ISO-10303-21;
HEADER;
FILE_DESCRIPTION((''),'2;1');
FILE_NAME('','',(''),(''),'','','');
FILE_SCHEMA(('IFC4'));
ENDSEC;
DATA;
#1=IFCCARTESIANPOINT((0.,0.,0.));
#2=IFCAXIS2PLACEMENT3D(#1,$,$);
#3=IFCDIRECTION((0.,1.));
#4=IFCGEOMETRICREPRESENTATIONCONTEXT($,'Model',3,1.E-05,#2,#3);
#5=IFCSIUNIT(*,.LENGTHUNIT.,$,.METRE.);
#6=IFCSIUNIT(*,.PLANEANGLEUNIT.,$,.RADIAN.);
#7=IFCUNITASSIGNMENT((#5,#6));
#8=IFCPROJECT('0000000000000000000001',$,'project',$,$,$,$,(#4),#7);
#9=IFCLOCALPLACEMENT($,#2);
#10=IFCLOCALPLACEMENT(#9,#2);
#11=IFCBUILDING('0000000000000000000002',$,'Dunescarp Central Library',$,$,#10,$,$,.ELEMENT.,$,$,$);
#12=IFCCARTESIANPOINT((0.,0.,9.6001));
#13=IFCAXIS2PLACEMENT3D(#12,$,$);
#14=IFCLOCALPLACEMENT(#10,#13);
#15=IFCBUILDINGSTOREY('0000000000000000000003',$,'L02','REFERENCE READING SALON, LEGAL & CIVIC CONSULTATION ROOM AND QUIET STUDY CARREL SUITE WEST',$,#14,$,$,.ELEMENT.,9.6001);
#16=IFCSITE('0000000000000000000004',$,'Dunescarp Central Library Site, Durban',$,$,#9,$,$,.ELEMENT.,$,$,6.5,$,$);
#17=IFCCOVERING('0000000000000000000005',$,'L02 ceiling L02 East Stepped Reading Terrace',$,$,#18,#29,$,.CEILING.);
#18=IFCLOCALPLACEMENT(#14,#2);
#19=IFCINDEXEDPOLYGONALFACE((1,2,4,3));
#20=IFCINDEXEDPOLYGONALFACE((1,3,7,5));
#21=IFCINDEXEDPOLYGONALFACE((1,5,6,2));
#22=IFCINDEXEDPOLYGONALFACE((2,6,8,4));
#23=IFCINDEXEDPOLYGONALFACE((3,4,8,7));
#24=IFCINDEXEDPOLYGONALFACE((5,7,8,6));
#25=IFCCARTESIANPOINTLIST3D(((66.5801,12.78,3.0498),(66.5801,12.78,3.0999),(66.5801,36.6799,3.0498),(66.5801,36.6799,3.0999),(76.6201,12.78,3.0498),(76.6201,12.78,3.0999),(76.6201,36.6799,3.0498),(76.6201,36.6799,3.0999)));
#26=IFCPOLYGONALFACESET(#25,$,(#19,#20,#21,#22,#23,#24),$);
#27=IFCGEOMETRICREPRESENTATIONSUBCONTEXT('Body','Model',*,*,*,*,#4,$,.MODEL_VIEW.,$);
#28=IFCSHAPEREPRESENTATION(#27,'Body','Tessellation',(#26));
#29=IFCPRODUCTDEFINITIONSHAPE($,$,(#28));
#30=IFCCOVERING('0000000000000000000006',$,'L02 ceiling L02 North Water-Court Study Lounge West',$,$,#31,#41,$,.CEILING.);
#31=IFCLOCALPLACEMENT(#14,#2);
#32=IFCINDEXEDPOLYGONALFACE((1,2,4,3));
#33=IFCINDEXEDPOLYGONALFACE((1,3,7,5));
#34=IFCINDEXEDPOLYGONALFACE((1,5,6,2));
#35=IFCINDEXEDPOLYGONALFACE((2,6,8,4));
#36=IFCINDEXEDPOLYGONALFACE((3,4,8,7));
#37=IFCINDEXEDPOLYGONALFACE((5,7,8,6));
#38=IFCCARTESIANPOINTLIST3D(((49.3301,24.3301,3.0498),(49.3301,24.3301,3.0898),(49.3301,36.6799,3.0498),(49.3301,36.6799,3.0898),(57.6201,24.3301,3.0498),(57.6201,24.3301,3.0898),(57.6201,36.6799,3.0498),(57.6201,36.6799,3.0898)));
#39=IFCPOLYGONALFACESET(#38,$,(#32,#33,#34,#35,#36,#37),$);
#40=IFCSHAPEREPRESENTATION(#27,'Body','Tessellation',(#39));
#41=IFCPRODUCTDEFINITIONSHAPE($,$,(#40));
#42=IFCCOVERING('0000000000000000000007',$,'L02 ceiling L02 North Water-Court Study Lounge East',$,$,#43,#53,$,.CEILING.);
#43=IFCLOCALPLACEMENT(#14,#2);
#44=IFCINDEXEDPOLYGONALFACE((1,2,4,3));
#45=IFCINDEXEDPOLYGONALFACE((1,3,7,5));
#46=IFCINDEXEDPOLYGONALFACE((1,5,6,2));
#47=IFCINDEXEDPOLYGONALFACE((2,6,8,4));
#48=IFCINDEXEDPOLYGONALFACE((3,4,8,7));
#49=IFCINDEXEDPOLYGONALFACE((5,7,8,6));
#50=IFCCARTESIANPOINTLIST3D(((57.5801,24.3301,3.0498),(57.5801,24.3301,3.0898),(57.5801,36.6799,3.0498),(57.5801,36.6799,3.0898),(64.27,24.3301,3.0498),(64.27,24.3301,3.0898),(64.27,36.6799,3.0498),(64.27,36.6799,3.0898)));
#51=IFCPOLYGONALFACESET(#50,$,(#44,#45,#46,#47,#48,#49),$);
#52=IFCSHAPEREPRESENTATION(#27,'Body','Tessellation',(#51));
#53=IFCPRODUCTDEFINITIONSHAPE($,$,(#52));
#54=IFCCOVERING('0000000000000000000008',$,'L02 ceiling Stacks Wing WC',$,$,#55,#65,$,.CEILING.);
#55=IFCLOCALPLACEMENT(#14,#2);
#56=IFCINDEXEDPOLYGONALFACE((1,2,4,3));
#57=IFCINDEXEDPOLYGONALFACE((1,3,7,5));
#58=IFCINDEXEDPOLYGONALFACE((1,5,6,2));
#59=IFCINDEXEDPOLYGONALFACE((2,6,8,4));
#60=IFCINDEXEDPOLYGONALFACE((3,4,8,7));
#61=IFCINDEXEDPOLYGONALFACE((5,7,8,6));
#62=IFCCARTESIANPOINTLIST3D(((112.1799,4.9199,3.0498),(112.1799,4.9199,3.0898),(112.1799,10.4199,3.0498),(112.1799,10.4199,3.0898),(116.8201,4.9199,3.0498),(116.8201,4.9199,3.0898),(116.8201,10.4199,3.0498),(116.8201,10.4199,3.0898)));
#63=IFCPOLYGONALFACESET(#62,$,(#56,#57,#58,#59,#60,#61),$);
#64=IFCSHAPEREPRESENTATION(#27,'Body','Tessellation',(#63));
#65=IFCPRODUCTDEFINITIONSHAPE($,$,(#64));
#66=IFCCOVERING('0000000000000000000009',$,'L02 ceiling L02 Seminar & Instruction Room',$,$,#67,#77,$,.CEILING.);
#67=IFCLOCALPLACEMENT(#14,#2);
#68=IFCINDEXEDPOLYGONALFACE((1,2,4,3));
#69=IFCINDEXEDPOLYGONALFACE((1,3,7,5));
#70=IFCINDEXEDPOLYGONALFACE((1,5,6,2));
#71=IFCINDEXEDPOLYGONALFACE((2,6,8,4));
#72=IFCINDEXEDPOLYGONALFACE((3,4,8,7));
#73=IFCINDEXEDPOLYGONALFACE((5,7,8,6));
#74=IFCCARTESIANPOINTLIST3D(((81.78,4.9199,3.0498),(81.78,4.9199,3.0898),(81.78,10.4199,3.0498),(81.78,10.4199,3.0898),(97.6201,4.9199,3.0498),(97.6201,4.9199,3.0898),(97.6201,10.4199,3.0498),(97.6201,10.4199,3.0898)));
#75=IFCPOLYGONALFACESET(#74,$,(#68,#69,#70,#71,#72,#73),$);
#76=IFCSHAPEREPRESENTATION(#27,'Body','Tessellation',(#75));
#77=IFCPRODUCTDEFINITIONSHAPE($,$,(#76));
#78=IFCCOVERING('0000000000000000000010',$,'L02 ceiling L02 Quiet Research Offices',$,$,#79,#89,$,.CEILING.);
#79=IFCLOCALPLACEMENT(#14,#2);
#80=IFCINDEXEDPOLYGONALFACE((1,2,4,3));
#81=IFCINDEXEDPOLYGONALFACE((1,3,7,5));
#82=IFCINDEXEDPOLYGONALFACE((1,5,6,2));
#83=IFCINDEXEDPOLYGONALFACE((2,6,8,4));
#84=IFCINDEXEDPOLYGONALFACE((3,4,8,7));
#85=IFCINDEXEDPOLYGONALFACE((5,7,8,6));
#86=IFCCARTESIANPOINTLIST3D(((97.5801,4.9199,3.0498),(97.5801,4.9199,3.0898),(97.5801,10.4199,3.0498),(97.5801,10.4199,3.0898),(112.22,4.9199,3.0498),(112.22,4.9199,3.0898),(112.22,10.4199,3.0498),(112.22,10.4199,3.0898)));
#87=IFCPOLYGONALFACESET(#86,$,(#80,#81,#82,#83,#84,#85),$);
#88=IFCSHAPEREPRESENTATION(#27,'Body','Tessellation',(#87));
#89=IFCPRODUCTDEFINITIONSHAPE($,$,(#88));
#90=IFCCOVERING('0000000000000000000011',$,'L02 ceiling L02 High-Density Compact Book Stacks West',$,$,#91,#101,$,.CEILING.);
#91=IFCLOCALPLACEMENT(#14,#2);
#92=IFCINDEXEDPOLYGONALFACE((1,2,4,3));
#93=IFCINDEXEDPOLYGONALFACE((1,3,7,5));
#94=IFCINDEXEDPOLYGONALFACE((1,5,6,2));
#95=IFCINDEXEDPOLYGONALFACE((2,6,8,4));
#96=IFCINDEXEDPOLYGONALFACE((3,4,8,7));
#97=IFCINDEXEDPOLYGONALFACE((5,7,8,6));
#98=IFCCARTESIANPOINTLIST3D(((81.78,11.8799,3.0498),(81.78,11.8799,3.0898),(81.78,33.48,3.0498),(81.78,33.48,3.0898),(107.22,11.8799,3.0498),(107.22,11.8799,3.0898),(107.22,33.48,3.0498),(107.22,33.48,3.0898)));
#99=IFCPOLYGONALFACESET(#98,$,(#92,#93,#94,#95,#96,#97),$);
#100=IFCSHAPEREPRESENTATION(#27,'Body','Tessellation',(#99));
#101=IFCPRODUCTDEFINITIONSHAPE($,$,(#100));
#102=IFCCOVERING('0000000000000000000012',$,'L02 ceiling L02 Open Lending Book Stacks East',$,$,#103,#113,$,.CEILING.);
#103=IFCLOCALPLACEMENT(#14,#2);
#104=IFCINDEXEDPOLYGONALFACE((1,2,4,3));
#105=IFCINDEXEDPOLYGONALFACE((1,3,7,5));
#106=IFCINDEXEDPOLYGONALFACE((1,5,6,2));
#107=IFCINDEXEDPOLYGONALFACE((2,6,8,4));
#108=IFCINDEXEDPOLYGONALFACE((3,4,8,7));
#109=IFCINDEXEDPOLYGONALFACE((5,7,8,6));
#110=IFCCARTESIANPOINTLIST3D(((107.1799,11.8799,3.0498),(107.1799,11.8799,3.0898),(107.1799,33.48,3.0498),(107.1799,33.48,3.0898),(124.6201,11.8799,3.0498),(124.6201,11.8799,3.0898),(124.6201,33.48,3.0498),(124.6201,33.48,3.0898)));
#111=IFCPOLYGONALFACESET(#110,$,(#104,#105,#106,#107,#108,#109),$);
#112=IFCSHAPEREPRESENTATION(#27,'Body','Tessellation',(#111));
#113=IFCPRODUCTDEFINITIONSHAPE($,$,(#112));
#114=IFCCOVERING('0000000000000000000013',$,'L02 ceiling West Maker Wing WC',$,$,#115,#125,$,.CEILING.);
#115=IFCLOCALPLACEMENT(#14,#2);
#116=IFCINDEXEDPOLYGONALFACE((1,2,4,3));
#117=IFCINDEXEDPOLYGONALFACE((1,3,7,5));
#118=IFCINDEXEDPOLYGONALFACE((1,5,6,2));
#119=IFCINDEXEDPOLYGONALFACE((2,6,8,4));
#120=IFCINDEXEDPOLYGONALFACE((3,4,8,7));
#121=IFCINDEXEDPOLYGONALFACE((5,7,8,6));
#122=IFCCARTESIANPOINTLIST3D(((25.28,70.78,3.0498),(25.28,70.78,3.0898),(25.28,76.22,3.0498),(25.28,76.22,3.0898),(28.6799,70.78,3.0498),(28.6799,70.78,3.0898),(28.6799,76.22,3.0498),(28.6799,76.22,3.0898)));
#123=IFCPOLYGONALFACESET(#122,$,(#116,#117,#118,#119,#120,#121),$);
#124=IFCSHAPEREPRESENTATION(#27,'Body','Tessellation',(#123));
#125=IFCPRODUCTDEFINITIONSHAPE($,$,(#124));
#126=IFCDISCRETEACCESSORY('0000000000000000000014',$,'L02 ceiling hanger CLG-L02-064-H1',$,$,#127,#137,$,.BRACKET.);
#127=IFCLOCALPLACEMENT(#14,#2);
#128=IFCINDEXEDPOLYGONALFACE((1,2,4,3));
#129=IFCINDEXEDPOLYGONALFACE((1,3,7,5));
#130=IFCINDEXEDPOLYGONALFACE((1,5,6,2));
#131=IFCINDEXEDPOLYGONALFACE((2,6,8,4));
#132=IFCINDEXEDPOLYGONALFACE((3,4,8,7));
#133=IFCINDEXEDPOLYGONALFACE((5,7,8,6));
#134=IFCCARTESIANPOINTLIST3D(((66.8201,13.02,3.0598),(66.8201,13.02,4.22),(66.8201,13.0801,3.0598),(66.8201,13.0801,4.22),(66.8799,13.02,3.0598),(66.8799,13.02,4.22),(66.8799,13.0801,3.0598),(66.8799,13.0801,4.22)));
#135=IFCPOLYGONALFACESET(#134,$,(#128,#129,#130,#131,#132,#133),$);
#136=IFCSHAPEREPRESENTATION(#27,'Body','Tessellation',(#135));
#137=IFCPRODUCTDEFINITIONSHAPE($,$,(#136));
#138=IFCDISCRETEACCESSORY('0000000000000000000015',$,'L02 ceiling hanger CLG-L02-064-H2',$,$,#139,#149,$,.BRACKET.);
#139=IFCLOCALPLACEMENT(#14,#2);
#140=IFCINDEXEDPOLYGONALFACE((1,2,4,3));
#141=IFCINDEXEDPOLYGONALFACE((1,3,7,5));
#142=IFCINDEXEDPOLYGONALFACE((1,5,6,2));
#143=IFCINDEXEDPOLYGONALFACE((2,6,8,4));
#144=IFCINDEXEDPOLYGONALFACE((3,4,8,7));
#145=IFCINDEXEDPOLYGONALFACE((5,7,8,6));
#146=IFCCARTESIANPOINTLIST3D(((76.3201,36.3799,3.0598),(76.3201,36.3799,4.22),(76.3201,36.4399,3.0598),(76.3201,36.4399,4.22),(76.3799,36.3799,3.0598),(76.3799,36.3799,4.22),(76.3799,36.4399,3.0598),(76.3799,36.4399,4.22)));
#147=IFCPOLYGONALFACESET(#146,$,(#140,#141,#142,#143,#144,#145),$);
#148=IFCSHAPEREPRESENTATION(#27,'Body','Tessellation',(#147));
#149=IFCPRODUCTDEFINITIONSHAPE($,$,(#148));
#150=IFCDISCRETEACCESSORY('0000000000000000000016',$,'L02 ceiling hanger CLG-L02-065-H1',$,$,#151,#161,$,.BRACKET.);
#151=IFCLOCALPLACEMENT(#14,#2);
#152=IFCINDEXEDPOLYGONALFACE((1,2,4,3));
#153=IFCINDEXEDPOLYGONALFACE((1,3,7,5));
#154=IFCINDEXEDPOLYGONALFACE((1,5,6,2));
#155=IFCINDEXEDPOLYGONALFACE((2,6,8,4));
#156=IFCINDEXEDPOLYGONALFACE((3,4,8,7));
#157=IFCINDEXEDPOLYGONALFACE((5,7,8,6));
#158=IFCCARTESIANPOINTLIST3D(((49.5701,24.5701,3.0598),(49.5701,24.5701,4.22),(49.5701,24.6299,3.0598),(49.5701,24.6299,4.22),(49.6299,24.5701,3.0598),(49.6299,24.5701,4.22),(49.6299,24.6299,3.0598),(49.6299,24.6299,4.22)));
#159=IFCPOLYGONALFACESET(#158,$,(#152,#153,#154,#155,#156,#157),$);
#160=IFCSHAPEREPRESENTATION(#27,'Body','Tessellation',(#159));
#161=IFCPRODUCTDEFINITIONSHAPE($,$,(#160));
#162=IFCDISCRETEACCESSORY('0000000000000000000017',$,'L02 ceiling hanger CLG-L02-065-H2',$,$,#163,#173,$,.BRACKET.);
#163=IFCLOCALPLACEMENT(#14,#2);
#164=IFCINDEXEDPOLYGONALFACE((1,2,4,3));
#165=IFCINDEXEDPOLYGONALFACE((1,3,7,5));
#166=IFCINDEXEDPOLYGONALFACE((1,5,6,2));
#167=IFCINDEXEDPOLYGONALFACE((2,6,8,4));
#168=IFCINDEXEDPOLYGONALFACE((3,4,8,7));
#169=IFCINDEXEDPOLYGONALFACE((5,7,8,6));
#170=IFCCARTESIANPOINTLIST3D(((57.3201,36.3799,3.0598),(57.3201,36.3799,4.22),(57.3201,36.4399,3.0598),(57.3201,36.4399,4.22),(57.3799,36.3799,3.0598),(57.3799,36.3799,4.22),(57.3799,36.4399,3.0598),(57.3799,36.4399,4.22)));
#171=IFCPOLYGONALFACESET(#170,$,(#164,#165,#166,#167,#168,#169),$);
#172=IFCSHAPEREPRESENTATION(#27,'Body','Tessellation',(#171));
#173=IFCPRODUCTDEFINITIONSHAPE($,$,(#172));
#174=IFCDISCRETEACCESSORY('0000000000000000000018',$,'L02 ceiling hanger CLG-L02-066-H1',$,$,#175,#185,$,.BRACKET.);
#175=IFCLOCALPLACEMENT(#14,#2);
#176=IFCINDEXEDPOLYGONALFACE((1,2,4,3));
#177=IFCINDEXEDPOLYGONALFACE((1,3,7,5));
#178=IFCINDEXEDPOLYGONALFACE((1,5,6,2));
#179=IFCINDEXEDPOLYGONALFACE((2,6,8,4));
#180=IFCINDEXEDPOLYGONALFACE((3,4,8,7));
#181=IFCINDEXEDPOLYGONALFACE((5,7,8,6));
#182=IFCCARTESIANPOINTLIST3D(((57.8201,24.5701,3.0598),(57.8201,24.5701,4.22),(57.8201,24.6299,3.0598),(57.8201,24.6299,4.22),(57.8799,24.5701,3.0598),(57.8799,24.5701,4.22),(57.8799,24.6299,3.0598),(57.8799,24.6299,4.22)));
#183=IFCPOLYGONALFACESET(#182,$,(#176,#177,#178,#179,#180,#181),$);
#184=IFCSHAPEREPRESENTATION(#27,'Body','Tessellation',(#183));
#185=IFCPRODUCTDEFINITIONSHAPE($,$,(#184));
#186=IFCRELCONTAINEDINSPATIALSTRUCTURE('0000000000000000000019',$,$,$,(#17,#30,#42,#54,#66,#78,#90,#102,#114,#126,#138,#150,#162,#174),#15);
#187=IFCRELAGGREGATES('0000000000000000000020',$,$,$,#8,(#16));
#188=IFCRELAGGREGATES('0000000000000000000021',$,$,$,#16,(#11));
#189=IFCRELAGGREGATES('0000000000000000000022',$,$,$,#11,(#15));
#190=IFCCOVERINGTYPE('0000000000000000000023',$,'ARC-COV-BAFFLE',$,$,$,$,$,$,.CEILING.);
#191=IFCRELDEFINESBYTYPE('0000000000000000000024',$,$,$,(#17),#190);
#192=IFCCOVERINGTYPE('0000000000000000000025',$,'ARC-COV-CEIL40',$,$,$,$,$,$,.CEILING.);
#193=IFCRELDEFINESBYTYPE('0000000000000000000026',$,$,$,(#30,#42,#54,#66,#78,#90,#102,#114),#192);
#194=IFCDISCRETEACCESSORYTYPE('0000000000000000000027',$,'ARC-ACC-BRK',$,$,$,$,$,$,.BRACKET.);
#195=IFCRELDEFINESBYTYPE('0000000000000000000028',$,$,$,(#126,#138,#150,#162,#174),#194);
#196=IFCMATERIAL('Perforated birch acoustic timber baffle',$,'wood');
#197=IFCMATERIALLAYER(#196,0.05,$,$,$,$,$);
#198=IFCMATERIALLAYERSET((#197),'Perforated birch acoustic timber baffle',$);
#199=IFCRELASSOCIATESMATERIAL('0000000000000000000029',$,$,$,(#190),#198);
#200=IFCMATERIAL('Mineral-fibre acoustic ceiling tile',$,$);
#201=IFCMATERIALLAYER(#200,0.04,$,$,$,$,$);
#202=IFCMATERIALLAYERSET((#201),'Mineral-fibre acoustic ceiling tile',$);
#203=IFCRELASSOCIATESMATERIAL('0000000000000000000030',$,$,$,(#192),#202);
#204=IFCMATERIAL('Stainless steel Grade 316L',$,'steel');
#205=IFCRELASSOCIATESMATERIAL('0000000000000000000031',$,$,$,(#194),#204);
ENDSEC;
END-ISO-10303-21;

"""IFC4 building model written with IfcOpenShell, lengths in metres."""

from ifc_helpers import new_model, si_unit, direction, frame, origin, place, context, subcontext, project, spatial, polyline, outline, extrude, material, layer, layer_set, type_object, element, save


model = new_model("IFC4")

# Units and contexts
model_context = context("Model", 3, precision=1e-05, world=origin(), true_north=direction((0.0, 1.0)))
body_context = subcontext(model_context, "Body", "Model", "MODEL_VIEW")
ifc_project = project(units=[si_unit("LENGTHUNIT", "METRE"), si_unit("PLANEANGLEUNIT", "RADIAN")], contexts=[model_context])

# Site, building, storey
site_placement = place(None, origin())
site = spatial("IfcSite", under=ifc_project, at=site_placement, Name="Dunescarp Central Library Site, Durban", CompositionType="ELEMENT", RefElevation=6.5)
building_placement = place(site_placement, origin())
building = spatial("IfcBuilding", under=site, at=building_placement, Name="Dunescarp Central Library", CompositionType="ELEMENT")
storey_placement = place(building_placement, frame((0.0, 0.0, 9.6001)))
storey = spatial("IfcBuildingStorey", under=building, at=storey_placement, Name="L02", Description="REFERENCE READING SALON, LEGAL & CIVIC CONSULTATION ROOM AND QUIET STUDY CARREL SUITE WEST", CompositionType="ELEMENT", Elevation=9.6001)

# Coverings
ifc_material_1 = material(Name="Perforated birch acoustic timber baffle", Category="wood")
ifc_layer_1 = layer(ifc_material_1, 0.05)
ifc_layer_set_1 = layer_set([ifc_layer_1], Name="Perforated birch acoustic timber baffle")
covering_type_1 = type_object("IfcCoveringType", Name="ARC-COV-BAFFLE", PredefinedType="CEILING", material=ifc_layer_set_1)
covering_1_placement = place(storey_placement, frame((0.0, 0.0, 3.0498)))
element("IfcCovering", 1, at=covering_1_placement, inside=storey, type_object=covering_type_1, Name="L02 ceiling L02 East Stepped Reading Terrace", PredefinedType="CEILING", context=body_context, shape_type="SweptSolid", body=[
    extrude(outline(polyline([(66.5801, 12.78), (76.6201, 12.78), (76.6201, 36.6799), (66.5801, 36.6799), (66.5801, 12.78)])), origin(), (0.0, 0.0, 1.0), 0.05),
])
ifc_material_2 = material(Name="Mineral-fibre acoustic ceiling tile")
ifc_layer_2 = layer(ifc_material_2, 0.04)
ifc_layer_set_2 = layer_set([ifc_layer_2], Name="Mineral-fibre acoustic ceiling tile")
covering_type_2 = type_object("IfcCoveringType", Name="ARC-COV-CEIL40", PredefinedType="CEILING", material=ifc_layer_set_2)
covering_2_placement = place(storey_placement, frame((0.0, 0.0, 3.0498)))
element("IfcCovering", 2, at=covering_2_placement, inside=storey, type_object=covering_type_2, Name="L02 ceiling L02 North Water-Court Study Lounge West", PredefinedType="CEILING", context=body_context, shape_type="SweptSolid", body=[
    extrude(outline(polyline([(49.3301, 24.3301), (57.6201, 24.3301), (57.6201, 36.6799), (49.3301, 36.6799), (49.3301, 24.3301)])), origin(), (0.0, 0.0, 1.0), 0.04),
])
covering_3_placement = place(storey_placement, frame((0.0, 0.0, 3.0498)))
element("IfcCovering", 3, at=covering_3_placement, inside=storey, type_object=covering_type_2, Name="L02 ceiling L02 North Water-Court Study Lounge East", PredefinedType="CEILING", context=body_context, shape_type="SweptSolid", body=[
    extrude(outline(polyline([(57.5801, 24.3301), (64.27, 24.3301), (64.27, 36.6799), (57.5801, 36.6799), (57.5801, 24.3301)])), origin(), (0.0, 0.0, 1.0), 0.04),
])
covering_4_placement = place(storey_placement, frame((0.0, 0.0, 3.0498)))
element("IfcCovering", 4, at=covering_4_placement, inside=storey, type_object=covering_type_2, Name="L02 ceiling Stacks Wing WC", PredefinedType="CEILING", context=body_context, shape_type="SweptSolid", body=[
    extrude(outline(polyline([(112.1799, 4.9199), (116.8201, 4.9199), (116.8201, 10.4199), (112.1799, 10.4199), (112.1799, 4.9199)])), origin(), (0.0, 0.0, 1.0), 0.04),
])
covering_5_placement = place(storey_placement, frame((0.0, 0.0, 3.0498)))
element("IfcCovering", 5, at=covering_5_placement, inside=storey, type_object=covering_type_2, Name="L02 ceiling L02 Seminar & Instruction Room", PredefinedType="CEILING", context=body_context, shape_type="SweptSolid", body=[
    extrude(outline(polyline([(81.78, 4.9199), (97.6201, 4.9199), (97.6201, 10.4199), (81.78, 10.4199), (81.78, 4.9199)])), origin(), (0.0, 0.0, 1.0), 0.04),
])
covering_6_placement = place(storey_placement, frame((0.0, 0.0, 3.0498)))
element("IfcCovering", 6, at=covering_6_placement, inside=storey, type_object=covering_type_2, Name="L02 ceiling L02 Quiet Research Offices", PredefinedType="CEILING", context=body_context, shape_type="SweptSolid", body=[
    extrude(outline(polyline([(97.5801, 4.9199), (112.22, 4.9199), (112.22, 10.4199), (97.5801, 10.4199), (97.5801, 4.9199)])), origin(), (0.0, 0.0, 1.0), 0.04),
])
covering_7_placement = place(storey_placement, frame((0.0, 0.0, 3.0498)))
element("IfcCovering", 7, at=covering_7_placement, inside=storey, type_object=covering_type_2, Name="L02 ceiling L02 High-Density Compact Book Stacks West", PredefinedType="CEILING", context=body_context, shape_type="SweptSolid", body=[
    extrude(outline(polyline([(81.78, 11.8799), (107.22, 11.8799), (107.22, 33.48), (81.78, 33.48), (81.78, 11.8799)])), origin(), (0.0, 0.0, 1.0), 0.04),
])
covering_8_placement = place(storey_placement, frame((0.0, 0.0, 3.0498)))
element("IfcCovering", 8, at=covering_8_placement, inside=storey, type_object=covering_type_2, Name="L02 ceiling L02 Open Lending Book Stacks East", PredefinedType="CEILING", context=body_context, shape_type="SweptSolid", body=[
    extrude(outline(polyline([(107.1799, 11.8799), (124.6201, 11.8799), (124.6201, 33.48), (107.1799, 33.48), (107.1799, 11.8799)])), origin(), (0.0, 0.0, 1.0), 0.04),
])
covering_9_placement = place(storey_placement, frame((0.0, 0.0, 3.0498)))
element("IfcCovering", 9, at=covering_9_placement, inside=storey, type_object=covering_type_2, Name="L02 ceiling West Maker Wing WC", PredefinedType="CEILING", context=body_context, shape_type="SweptSolid", body=[
    extrude(outline(polyline([(25.28, 70.78), (28.6799, 70.78), (28.6799, 76.22), (25.28, 76.22), (25.28, 70.78)])), origin(), (0.0, 0.0, 1.0), 0.04),
])

# Discrete accessories
ifc_material_3 = material(Name="Stainless steel Grade 316L", Category="steel")
discrete_accessory_type = type_object("IfcDiscreteAccessoryType", Name="ARC-ACC-BRK", PredefinedType="BRACKET", material=ifc_material_3)
discrete_accessory_1_placement = place(storey_placement, frame((0.0, 0.0, 3.0598)))
element("IfcDiscreteAccessory", 10, at=discrete_accessory_1_placement, inside=storey, type_object=discrete_accessory_type, Name="L02 ceiling hanger CLG-L02-064-H1", PredefinedType="BRACKET", context=body_context, shape_type="SweptSolid", body=[
    extrude(outline(polyline([(66.8201, 13.02), (66.8799, 13.02), (66.8799, 13.0801), (66.8201, 13.0801), (66.8201, 13.02)])), origin(), (0.0, 0.0, 1.0), 1.1602),
])
discrete_accessory_2_placement = place(storey_placement, frame((0.0, 0.0, 3.0598)))
element("IfcDiscreteAccessory", 11, at=discrete_accessory_2_placement, inside=storey, type_object=discrete_accessory_type, Name="L02 ceiling hanger CLG-L02-064-H2", PredefinedType="BRACKET", context=body_context, shape_type="SweptSolid", body=[
    extrude(outline(polyline([(76.3201, 36.3799), (76.3799, 36.3799), (76.3799, 36.4399), (76.3201, 36.4399), (76.3201, 36.3799)])), origin(), (0.0, 0.0, 1.0), 1.1602),
])
discrete_accessory_3_placement = place(storey_placement, frame((0.0, 0.0, 3.0598)))
element("IfcDiscreteAccessory", 12, at=discrete_accessory_3_placement, inside=storey, type_object=discrete_accessory_type, Name="L02 ceiling hanger CLG-L02-065-H1", PredefinedType="BRACKET", context=body_context, shape_type="SweptSolid", body=[
    extrude(outline(polyline([(49.5701, 24.5701), (49.6299, 24.5701), (49.6299, 24.6299), (49.5701, 24.6299), (49.5701, 24.5701)])), origin(), (0.0, 0.0, 1.0), 1.1602),
])
discrete_accessory_4_placement = place(storey_placement, frame((0.0, 0.0, 3.0598)))
element("IfcDiscreteAccessory", 13, at=discrete_accessory_4_placement, inside=storey, type_object=discrete_accessory_type, Name="L02 ceiling hanger CLG-L02-065-H2", PredefinedType="BRACKET", context=body_context, shape_type="SweptSolid", body=[
    extrude(outline(polyline([(57.3201, 36.3799), (57.3799, 36.3799), (57.3799, 36.4399), (57.3201, 36.4399), (57.3201, 36.3799)])), origin(), (0.0, 0.0, 1.0), 1.1602),
])
discrete_accessory_5_placement = place(storey_placement, frame((0.0, 0.0, 3.0598)))
element("IfcDiscreteAccessory", 14, at=discrete_accessory_5_placement, inside=storey, type_object=discrete_accessory_type, Name="L02 ceiling hanger CLG-L02-066-H1", PredefinedType="BRACKET", context=body_context, shape_type="SweptSolid", body=[
    extrude(outline(polyline([(57.8201, 24.5701), (57.8799, 24.5701), (57.8799, 24.6299), (57.8201, 24.6299), (57.8201, 24.5701)])), origin(), (0.0, 0.0, 1.0), 1.1602),
])

save(model, "model.ifc")
